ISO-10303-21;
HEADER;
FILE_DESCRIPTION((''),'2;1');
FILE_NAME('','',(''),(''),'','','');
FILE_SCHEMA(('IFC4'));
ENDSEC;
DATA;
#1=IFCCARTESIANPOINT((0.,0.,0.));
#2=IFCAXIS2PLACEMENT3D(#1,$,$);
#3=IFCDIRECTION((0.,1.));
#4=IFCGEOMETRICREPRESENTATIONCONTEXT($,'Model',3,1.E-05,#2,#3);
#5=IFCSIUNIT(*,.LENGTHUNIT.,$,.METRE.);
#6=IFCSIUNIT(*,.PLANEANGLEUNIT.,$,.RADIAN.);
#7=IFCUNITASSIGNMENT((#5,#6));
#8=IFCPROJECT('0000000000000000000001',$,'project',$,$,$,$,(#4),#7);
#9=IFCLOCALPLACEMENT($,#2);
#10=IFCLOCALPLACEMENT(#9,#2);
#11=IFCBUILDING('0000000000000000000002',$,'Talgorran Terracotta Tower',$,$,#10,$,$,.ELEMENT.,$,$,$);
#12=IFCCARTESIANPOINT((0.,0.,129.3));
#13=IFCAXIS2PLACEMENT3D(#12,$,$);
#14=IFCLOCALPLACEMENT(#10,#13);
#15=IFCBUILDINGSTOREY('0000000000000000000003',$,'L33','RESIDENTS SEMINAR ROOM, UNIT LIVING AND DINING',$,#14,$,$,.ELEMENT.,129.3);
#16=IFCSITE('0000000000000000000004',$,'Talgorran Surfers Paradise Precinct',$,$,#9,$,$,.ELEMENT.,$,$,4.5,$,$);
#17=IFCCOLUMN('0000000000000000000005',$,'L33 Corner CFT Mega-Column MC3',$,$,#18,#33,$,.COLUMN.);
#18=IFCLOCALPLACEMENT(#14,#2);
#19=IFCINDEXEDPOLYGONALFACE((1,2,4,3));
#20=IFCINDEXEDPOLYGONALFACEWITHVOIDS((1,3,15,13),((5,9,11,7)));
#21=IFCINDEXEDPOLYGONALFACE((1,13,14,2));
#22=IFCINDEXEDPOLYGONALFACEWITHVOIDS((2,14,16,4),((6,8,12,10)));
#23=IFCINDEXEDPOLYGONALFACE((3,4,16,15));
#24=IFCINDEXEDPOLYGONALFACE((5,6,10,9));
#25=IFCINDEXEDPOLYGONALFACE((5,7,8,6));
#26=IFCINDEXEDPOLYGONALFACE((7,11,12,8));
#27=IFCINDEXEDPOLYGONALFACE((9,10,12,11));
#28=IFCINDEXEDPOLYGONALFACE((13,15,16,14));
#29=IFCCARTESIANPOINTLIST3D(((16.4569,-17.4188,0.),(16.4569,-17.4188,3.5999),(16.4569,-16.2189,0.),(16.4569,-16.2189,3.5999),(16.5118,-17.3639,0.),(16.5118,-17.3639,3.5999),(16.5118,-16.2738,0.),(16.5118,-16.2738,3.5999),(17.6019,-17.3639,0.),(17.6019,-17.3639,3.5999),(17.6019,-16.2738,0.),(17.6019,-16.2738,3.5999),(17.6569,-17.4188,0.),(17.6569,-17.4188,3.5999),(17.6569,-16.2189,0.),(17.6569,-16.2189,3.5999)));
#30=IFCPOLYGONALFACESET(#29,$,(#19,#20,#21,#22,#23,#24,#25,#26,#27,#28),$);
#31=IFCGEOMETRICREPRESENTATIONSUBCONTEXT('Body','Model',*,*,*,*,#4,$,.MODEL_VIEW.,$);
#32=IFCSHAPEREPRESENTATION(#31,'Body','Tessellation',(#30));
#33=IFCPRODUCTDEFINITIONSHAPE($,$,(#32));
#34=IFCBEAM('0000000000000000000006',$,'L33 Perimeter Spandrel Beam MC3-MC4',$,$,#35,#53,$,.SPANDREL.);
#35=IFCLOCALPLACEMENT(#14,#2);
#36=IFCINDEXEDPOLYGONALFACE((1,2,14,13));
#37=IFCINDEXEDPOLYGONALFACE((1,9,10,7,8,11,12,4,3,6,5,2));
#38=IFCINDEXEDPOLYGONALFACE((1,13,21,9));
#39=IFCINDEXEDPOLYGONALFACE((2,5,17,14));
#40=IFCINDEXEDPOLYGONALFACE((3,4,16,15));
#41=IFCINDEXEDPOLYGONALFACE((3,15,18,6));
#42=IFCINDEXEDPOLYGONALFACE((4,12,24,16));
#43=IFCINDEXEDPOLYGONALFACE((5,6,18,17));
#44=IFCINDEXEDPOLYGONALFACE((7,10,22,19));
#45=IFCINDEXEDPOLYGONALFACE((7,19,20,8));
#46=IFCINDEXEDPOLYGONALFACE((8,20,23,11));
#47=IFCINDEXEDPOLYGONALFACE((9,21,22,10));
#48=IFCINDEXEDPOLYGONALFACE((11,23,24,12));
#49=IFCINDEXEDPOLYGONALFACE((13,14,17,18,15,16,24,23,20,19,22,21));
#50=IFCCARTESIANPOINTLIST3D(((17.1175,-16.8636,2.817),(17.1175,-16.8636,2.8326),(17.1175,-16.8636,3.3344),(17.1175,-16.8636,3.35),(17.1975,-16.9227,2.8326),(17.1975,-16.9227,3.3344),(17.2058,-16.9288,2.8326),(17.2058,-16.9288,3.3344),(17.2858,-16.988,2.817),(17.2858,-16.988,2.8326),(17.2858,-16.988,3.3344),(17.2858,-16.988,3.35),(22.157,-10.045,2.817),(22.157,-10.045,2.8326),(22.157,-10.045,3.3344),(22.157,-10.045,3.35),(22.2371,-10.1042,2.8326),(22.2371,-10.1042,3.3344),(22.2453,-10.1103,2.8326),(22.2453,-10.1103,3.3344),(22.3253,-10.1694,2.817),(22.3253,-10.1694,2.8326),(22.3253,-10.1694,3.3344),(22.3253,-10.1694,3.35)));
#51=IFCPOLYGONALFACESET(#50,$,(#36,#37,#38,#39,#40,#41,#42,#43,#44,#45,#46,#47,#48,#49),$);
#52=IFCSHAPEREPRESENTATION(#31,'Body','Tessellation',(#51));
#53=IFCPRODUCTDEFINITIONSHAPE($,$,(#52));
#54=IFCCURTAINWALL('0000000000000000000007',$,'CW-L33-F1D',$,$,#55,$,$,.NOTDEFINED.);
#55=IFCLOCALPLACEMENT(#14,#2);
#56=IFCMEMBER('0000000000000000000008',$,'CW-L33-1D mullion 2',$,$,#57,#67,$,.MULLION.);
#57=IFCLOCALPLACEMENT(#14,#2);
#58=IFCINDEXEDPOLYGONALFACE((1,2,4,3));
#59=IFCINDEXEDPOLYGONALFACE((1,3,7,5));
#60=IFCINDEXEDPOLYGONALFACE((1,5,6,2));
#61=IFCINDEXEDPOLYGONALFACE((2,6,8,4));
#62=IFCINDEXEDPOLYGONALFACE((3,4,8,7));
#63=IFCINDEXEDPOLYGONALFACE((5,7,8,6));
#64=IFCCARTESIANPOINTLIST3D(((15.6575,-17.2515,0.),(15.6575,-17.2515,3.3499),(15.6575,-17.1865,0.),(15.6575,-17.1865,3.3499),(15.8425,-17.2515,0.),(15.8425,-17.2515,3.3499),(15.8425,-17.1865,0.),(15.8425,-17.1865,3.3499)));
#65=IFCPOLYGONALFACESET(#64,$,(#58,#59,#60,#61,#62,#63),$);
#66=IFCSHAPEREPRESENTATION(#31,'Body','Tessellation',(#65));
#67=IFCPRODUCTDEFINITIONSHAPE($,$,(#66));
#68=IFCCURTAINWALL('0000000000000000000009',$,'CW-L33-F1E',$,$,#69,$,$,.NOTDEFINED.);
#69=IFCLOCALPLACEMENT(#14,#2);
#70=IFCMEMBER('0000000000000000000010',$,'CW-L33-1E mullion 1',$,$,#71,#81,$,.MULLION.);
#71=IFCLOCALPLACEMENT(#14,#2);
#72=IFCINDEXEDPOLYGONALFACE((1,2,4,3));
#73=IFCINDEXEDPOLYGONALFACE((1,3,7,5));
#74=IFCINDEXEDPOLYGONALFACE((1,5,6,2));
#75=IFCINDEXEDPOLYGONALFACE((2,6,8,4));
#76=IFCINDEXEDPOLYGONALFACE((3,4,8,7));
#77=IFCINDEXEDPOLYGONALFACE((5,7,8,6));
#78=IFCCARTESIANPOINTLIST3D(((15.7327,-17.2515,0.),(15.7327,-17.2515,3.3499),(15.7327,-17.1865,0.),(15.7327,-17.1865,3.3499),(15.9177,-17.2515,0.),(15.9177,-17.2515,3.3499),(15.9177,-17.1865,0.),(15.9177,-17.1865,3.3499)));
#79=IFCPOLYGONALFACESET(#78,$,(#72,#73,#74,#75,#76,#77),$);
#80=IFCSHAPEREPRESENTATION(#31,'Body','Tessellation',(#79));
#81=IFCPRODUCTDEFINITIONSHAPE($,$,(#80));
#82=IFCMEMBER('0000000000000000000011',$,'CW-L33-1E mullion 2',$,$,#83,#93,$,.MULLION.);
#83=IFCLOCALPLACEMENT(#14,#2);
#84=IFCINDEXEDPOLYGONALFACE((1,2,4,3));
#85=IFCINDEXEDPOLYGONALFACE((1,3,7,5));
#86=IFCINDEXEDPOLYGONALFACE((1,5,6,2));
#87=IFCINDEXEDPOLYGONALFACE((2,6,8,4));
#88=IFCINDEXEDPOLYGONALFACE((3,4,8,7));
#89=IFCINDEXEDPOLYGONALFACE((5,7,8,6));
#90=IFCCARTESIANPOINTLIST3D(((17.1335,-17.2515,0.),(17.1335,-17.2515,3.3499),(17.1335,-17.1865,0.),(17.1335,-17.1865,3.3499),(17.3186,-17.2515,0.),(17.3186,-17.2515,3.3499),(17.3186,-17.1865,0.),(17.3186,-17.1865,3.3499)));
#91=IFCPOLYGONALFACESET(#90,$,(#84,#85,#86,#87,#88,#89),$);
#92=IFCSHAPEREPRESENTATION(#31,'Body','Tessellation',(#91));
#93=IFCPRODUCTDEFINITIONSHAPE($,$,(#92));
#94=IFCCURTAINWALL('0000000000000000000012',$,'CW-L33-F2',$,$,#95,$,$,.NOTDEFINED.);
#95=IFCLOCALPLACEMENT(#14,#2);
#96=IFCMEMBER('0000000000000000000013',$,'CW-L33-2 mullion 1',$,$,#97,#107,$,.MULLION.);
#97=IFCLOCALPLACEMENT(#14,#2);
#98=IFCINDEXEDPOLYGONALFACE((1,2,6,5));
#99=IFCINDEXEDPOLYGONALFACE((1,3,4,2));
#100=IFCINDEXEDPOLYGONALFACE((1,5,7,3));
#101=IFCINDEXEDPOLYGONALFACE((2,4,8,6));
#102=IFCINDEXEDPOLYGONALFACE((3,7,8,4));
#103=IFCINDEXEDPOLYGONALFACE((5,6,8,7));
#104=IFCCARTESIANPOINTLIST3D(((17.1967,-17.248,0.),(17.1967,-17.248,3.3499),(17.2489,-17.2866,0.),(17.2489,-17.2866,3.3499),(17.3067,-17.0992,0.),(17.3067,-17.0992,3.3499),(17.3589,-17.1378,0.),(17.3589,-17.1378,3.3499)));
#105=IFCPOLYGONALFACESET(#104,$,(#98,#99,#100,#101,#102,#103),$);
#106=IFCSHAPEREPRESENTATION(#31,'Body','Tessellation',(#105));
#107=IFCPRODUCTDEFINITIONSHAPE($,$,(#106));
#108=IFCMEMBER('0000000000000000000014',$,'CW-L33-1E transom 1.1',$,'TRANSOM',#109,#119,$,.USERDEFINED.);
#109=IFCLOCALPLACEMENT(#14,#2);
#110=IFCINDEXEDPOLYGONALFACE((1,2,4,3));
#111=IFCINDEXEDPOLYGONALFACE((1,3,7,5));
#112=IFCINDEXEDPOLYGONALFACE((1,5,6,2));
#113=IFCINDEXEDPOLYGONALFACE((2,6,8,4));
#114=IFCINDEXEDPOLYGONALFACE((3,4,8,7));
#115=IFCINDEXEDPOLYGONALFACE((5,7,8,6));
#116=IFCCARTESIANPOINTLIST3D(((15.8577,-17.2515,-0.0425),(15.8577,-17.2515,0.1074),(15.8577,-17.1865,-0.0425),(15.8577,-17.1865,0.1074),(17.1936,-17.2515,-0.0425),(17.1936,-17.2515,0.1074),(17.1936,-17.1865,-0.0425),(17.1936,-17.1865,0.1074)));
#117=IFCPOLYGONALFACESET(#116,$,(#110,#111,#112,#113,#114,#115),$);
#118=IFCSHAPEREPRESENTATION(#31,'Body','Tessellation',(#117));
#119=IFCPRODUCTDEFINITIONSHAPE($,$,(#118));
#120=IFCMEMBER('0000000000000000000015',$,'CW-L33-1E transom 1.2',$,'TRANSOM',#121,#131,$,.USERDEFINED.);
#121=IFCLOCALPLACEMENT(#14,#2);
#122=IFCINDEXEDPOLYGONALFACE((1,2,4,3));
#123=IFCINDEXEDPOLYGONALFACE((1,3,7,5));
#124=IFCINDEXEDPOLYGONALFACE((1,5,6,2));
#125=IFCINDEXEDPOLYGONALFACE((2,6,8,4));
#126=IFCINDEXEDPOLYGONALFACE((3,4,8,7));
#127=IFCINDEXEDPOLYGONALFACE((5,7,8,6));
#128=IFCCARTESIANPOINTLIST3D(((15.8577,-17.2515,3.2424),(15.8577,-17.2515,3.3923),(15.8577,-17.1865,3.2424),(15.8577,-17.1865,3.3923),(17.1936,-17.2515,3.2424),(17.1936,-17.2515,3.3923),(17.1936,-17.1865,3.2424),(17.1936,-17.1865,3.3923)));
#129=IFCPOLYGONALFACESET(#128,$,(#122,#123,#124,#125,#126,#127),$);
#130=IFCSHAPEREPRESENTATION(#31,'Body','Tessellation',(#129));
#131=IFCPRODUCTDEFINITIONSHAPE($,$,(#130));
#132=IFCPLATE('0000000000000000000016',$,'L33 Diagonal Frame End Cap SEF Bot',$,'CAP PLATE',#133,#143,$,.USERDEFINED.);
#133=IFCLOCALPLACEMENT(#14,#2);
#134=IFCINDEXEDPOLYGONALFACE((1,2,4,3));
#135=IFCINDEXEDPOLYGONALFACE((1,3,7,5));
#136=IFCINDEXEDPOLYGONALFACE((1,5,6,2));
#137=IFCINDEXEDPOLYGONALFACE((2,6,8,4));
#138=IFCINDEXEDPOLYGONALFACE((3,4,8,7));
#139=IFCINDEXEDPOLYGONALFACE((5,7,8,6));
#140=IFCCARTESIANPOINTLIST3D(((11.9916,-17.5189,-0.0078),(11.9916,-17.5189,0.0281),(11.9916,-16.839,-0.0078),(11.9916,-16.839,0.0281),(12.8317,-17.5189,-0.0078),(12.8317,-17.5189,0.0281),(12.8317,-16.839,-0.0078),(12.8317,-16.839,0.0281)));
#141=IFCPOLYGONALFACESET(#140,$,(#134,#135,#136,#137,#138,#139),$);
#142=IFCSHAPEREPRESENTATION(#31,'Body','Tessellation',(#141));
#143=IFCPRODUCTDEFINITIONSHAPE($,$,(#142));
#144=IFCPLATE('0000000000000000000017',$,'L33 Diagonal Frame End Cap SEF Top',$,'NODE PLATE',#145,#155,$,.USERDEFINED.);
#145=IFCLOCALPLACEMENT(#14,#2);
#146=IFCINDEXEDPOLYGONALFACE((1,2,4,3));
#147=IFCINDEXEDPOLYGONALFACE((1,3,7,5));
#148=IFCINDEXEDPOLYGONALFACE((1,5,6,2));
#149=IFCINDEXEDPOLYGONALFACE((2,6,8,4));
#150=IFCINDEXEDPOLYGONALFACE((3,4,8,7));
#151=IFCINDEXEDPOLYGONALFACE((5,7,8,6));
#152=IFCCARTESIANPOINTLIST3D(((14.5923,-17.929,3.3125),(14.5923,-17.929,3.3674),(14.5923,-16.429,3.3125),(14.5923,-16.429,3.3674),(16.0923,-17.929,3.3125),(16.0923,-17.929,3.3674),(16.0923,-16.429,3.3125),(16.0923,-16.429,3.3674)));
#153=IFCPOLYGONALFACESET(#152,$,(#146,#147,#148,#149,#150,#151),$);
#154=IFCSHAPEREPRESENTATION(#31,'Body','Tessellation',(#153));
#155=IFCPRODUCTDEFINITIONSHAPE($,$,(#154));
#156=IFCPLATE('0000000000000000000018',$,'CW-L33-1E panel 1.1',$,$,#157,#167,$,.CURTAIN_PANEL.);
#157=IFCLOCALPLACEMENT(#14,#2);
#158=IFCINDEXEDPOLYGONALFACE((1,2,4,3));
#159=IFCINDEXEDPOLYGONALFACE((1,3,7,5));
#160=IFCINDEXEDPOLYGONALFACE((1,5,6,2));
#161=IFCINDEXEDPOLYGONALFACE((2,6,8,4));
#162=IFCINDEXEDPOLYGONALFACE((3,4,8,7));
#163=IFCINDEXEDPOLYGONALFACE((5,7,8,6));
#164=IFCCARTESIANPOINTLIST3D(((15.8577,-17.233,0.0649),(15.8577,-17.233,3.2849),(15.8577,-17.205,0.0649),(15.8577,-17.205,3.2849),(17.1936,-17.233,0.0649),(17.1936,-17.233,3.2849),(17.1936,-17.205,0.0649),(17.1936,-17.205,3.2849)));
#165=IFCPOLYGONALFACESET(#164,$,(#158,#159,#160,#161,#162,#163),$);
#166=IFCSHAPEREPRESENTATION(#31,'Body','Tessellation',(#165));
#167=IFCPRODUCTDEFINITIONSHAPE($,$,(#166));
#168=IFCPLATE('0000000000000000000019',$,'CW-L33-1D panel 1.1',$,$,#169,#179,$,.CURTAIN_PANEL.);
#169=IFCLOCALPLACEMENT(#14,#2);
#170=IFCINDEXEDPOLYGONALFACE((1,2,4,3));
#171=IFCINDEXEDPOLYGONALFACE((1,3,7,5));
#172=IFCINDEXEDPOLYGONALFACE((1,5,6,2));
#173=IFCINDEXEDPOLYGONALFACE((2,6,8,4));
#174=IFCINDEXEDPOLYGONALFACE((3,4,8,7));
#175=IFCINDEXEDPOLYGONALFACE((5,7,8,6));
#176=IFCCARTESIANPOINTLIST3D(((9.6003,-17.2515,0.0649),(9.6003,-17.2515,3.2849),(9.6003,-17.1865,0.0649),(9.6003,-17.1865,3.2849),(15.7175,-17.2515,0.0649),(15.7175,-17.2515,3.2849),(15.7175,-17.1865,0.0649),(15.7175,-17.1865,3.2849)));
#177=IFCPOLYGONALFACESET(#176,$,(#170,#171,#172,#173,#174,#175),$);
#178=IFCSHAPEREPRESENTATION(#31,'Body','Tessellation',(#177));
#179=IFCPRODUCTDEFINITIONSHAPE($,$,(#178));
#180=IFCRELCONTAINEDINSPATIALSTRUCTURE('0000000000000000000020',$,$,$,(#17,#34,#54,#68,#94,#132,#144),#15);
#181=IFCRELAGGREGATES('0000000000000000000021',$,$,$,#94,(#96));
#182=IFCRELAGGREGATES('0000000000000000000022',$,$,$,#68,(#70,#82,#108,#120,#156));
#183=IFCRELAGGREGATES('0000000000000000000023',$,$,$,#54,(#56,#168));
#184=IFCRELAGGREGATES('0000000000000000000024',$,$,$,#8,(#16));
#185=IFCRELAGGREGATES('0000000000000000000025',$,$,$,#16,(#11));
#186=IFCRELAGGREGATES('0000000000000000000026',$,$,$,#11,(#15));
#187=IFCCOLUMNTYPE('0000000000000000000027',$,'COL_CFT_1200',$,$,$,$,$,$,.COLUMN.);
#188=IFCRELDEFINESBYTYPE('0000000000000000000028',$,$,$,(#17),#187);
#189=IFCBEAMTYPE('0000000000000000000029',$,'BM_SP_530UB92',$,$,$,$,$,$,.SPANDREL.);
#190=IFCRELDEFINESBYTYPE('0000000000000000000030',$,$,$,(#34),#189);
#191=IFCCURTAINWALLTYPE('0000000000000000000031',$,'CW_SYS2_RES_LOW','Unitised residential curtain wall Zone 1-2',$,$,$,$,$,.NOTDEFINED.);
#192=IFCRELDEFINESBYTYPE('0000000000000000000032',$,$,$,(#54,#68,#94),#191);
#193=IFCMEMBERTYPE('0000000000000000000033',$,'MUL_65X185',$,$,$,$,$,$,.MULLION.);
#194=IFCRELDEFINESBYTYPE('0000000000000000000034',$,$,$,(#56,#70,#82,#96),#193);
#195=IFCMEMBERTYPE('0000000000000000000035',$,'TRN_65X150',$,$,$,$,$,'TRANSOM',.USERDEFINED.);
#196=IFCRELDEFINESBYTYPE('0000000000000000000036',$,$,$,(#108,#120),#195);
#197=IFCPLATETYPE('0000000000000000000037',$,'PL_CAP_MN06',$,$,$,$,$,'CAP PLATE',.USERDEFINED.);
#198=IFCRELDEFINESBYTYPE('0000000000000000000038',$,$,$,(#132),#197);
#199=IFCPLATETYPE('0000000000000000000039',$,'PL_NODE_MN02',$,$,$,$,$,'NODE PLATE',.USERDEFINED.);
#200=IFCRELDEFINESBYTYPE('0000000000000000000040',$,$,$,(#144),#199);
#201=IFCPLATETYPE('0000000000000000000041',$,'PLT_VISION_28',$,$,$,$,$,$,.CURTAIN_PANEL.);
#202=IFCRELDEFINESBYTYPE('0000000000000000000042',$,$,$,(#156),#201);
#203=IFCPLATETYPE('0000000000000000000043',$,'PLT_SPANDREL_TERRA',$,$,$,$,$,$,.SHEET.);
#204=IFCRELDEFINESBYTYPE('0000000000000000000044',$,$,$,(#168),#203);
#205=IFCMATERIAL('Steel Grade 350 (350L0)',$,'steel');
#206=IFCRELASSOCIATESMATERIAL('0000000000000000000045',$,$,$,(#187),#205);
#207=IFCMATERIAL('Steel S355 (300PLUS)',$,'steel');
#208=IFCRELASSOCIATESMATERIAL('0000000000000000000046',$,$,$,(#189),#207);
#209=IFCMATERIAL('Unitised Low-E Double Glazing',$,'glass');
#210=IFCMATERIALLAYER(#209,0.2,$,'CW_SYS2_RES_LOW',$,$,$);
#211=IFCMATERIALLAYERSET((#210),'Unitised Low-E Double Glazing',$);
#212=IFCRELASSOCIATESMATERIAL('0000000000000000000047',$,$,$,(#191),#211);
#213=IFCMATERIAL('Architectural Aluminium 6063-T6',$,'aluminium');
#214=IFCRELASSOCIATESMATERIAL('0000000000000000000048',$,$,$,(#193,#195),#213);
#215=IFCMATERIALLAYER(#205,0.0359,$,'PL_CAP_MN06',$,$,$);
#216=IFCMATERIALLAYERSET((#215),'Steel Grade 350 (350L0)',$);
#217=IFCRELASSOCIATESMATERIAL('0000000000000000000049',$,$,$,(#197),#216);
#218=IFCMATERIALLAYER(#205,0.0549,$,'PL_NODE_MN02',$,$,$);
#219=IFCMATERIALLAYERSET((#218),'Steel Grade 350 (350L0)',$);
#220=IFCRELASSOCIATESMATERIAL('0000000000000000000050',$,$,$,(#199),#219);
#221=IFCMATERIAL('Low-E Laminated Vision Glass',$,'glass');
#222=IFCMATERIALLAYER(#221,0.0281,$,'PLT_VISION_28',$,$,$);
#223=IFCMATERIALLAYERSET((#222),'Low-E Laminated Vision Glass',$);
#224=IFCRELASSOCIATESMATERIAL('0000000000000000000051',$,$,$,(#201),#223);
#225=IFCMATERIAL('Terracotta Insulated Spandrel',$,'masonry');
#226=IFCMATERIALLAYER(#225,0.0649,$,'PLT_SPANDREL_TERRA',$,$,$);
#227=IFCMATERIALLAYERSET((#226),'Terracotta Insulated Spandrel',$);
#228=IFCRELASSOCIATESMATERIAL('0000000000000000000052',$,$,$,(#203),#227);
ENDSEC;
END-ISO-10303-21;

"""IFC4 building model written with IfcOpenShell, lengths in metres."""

from ifc_helpers import new_model, si_unit, direction, frame, origin, origin_2d, place, context, subcontext, project, spatial, rectangle, hollow_rectangle, i_section, extrude, source, transform, mapped, material, layer, layer_set, material_profile, profile_set, type_object, type_shapes, element, aggregate, save


model = new_model("IFC4")

# Units and contexts
model_context = context("Model", 3, precision=1e-05, world=origin(), true_north=direction((0.0, 1.0)))
body_context = subcontext(model_context, "Body", "Model", "MODEL_VIEW")
ifc_project = project(units=[si_unit("LENGTHUNIT", "METRE"), si_unit("PLANEANGLEUNIT", "RADIAN")], contexts=[model_context])

# Site, building, storey
site_placement = place(None, origin())
site = spatial("IfcSite", under=ifc_project, at=site_placement, Name="Talgorran Surfers Paradise Precinct", CompositionType="ELEMENT", RefElevation=4.5)
building_placement = place(site_placement, origin())
building = spatial("IfcBuilding", under=site, at=building_placement, Name="Talgorran Terracotta Tower", CompositionType="ELEMENT")
storey_placement = place(building_placement, frame((0.0, 0.0, 129.3)))
storey = spatial("IfcBuildingStorey", under=building, at=storey_placement, Name="L33", Description="RESIDENTS SEMINAR ROOM, UNIT LIVING AND DINING", CompositionType="ELEMENT", Elevation=129.3)

# Column
ifc_material_1 = material(Name="Steel Grade 350 (350L0)", Category="steel")
ifc_material_profile_1 = material_profile(ifc_material_1, hollow_rectangle(XDim=1.2, YDim=1.2, WallThickness=0.0549, at=origin_2d()), Name="CFT1200X1200X55")
ifc_profile_set_1 = profile_set([ifc_material_profile_1], Name="Steel Grade 350 (350L0)")
column_type = type_object("IfcColumnType", Name="COL_CFT_1200", PredefinedType="COLUMN", material=ifc_profile_set_1)
column_placement = place(storey_placement, frame((17.0569, -16.8188, 0.0), z_axis=(0.0, 0.0, 1.0), x_axis=(1.0, 0.0, 0.0)))
element("IfcColumn", 1, at=column_placement, inside=storey, type_object=column_type, Name="L33 Corner CFT Mega-Column MC3", PredefinedType="COLUMN", context=body_context, shape_type="SweptSolid", body=[
    extrude(hollow_rectangle(XDim=1.2, YDim=1.2, WallThickness=0.0549, at=origin_2d()), origin(), (0.0, 0.0, 1.0), 3.5999),
])

# Beam
ifc_material_2 = material(Name="Steel S355 (300PLUS)", Category="steel")
ifc_material_profile_2 = material_profile(ifc_material_2, i_section(OverallWidth=0.2092, OverallDepth=0.533, WebThickness=0.0103, FlangeThickness=0.0156, at=origin_2d()), Name="530UB92.4")
ifc_profile_set_2 = profile_set([ifc_material_profile_2], Name="Steel S355 (300PLUS)")
beam_type = type_object("IfcBeamType", Name="BM_SP_530UB92", PredefinedType="SPANDREL", material=ifc_profile_set_2)
beam_placement = place(storey_placement, frame((17.2017, -16.9258, 3.0835), z_axis=(0.594369, 0.804192, 0.0), x_axis=(-0.804192, 0.594369, 0.0)))
element("IfcBeam", 2, at=beam_placement, inside=storey, type_object=beam_type, Name="L33 Perimeter Spandrel Beam MC3-MC4", PredefinedType="SPANDREL", context=body_context, shape_type="SweptSolid", body=[
    extrude(i_section(OverallWidth=0.2092, OverallDepth=0.533, WebThickness=0.0103, FlangeThickness=0.0156, at=origin_2d()), origin(), (0.0, 0.0, 1.0), 8.4788),
])

# Curtain wall, member
ifc_material_3 = material(Name="Unitised Low-E Double Glazing", Category="glass")
ifc_layer_1 = layer(ifc_material_3, 0.2, Name="CW_SYS2_RES_LOW")
ifc_layer_set_1 = layer_set([ifc_layer_1], Name="Unitised Low-E Double Glazing")
curtain_wall_type = type_object("IfcCurtainWallType", Name="CW_SYS2_RES_LOW", Description="Unitised residential curtain wall Zone 1-2", PredefinedType="NOTDEFINED", material=ifc_layer_set_1)
curtain_wall_1_placement = place(storey_placement, origin())
curtain_wall_1 = element("IfcCurtainWall", 3, at=curtain_wall_1_placement, inside=storey, type_object=curtain_wall_type, Name="CW-L33-F1D", PredefinedType="NOTDEFINED")
ifc_material_4 = material(Name="Architectural Aluminium 6063-T6", Category="aluminium")
ifc_material_profile_3 = material_profile(ifc_material_4, rectangle(XDim=0.0649, YDim=0.1851, at=origin_2d()), Name="CWM65X185")
ifc_profile_set_3 = profile_set([ifc_material_profile_3], Name="Architectural Aluminium 6063-T6")
member_type_1 = type_object("IfcMemberType", Name="MUL_65X185", PredefinedType="MULLION", material=ifc_profile_set_3)
member_1_placement = place(storey_placement, frame((15.75, -17.219, 0.0), z_axis=(0.0, 0.0, 1.0), x_axis=(0.0, 1.0, 0.0)))
member_1 = element("IfcMember", 4, at=member_1_placement, type_object=member_type_1, Name="CW-L33-1D mullion 2", PredefinedType="MULLION", context=body_context, shape_type="SweptSolid", body=[
    extrude(rectangle(XDim=0.0649, YDim=0.1851, at=origin_2d()), origin(), (0.0, 0.0, 1.0), 3.3499),
])

# Curtain wall, members
curtain_wall_2_placement = place(storey_placement, origin())
curtain_wall_2 = element("IfcCurtainWall", 5, at=curtain_wall_2_placement, inside=storey, type_object=curtain_wall_type, Name="CW-L33-F1E", PredefinedType="NOTDEFINED")
member_2_placement = place(storey_placement, frame((15.8252, -17.219, 0.0), z_axis=(0.0, 0.0, 1.0), x_axis=(0.0, 1.0, 0.0)))
member_2 = element("IfcMember", 6, at=member_2_placement, type_object=member_type_1, Name="CW-L33-1E mullion 1", PredefinedType="MULLION", context=body_context, shape_type="SweptSolid", body=[
    extrude(rectangle(XDim=0.0649, YDim=0.1851, at=origin_2d()), origin(), (0.0, 0.0, 1.0), 3.3499),
])
member_3_placement = place(storey_placement, frame((17.2261, -17.219, 0.0), z_axis=(0.0, 0.0, 1.0), x_axis=(0.0, 1.0, 0.0)))
member_3 = element("IfcMember", 7, at=member_3_placement, type_object=member_type_1, Name="CW-L33-1E mullion 2", PredefinedType="MULLION", context=body_context, shape_type="SweptSolid", body=[
    extrude(rectangle(XDim=0.0649, YDim=0.1851, at=origin_2d()), origin(), (0.0, 0.0, 1.0), 3.3499),
])

# Curtain wall, member
curtain_wall_3_placement = place(storey_placement, origin())
curtain_wall_3 = element("IfcCurtainWall", 8, at=curtain_wall_3_placement, inside=storey, type_object=curtain_wall_type, Name="CW-L33-F2", PredefinedType="NOTDEFINED")
member_4_placement = place(storey_placement, frame((17.2778, -17.1929, 0.0), z_axis=(0.0, 0.0, 1.0), x_axis=(-0.804201, 0.594358, 0.0)))
member_4 = element("IfcMember", 9, at=member_4_placement, type_object=member_type_1, Name="CW-L33-2 mullion 1", PredefinedType="MULLION", context=body_context, shape_type="SweptSolid", body=[
    extrude(rectangle(XDim=0.0649, YDim=0.1851, at=origin_2d()), origin(), (0.0, 0.0, 1.0), 3.3499),
])
aggregate(curtain_wall_3, [member_4])

# Members
ifc_material_profile_4 = material_profile(ifc_material_4, rectangle(XDim=0.0649, YDim=0.1499, at=origin_2d()), Name="CWT65X150")
ifc_profile_set_4 = profile_set([ifc_material_profile_4], Name="Architectural Aluminium 6063-T6")
member_type_2 = type_object("IfcMemberType", Name="TRN_65X150", ElementType="TRANSOM", PredefinedType="USERDEFINED", material=ifc_profile_set_4)
member_5_placement = place(storey_placement, frame((15.8577, -17.219, 0.0325), z_axis=(1.0, 0.0, 0.0), x_axis=(0.0, 1.0, 0.0)))
member_5 = element("IfcMember", 10, at=member_5_placement, type_object=member_type_2, Name="CW-L33-1E transom 1.1", ObjectType="TRANSOM", PredefinedType="USERDEFINED", context=body_context, shape_type="SweptSolid", body=[
    extrude(rectangle(XDim=0.0649, YDim=0.1499, at=origin_2d()), origin(), (0.0, 0.0, 1.0), 1.3359),
])
member_6_placement = place(storey_placement, frame((15.8577, -17.219, 3.3174), z_axis=(1.0, 0.0, 0.0), x_axis=(0.0, 1.0, 0.0)))
member_6 = element("IfcMember", 11, at=member_6_placement, type_object=member_type_2, Name="CW-L33-1E transom 1.2", ObjectType="TRANSOM", PredefinedType="USERDEFINED", context=body_context, shape_type="SweptSolid", body=[
    extrude(rectangle(XDim=0.0649, YDim=0.1499, at=origin_2d()), origin(), (0.0, 0.0, 1.0), 1.3359),
])

# Plates
ifc_layer_2 = layer(ifc_material_1, 0.0359, Name="PL_CAP_MN06")
ifc_layer_set_2 = layer_set([ifc_layer_2], Name="Steel Grade 350 (350L0)")
plate_type_1 = type_object("IfcPlateType", Name="PL_CAP_MN06", ElementType="CAP PLATE", PredefinedType="USERDEFINED", material=ifc_layer_set_2)
plate_1_placement = place(storey_placement, frame((12.4116, -17.179, -0.0078), z_axis=(0.0, 0.0, 1.0), x_axis=(1.0, 0.0, 0.0)))
element("IfcPlate", 12, at=plate_1_placement, inside=storey, type_object=plate_type_1, Name="L33 Diagonal Frame End Cap SEF Bot", ObjectType="CAP PLATE", PredefinedType="USERDEFINED", context=body_context, shape_type="SweptSolid", body=[
    extrude(rectangle(XDim=0.8401, YDim=0.6799, at=origin_2d()), origin(), (0.0, 0.0, 1.0), 0.0359),
])
ifc_layer_3 = layer(ifc_material_1, 0.0549, Name="PL_NODE_MN02")
ifc_layer_set_3 = layer_set([ifc_layer_3], Name="Steel Grade 350 (350L0)")
plate_type_2 = type_object("IfcPlateType", Name="PL_NODE_MN02", ElementType="NODE PLATE", PredefinedType="USERDEFINED", material=ifc_layer_set_3)
plate_2_placement = place(storey_placement, frame((15.3423, -17.179, 3.3125), z_axis=(0.0, 0.0, 1.0), x_axis=(1.0, 0.0, 0.0)))
element("IfcPlate", 13, at=plate_2_placement, inside=storey, type_object=plate_type_2, Name="L33 Diagonal Frame End Cap SEF Top", ObjectType="NODE PLATE", PredefinedType="USERDEFINED", context=body_context, shape_type="SweptSolid", body=[
    extrude(rectangle(XDim=1.5, YDim=1.5, at=origin_2d()), origin(), (0.0, 0.0, 1.0), 0.0549),
])

# Plates
ifc_material_5 = material(Name="Low-E Laminated Vision Glass", Category="glass")
ifc_layer_4 = layer(ifc_material_5, 0.0281, Name="PLT_VISION_28")
ifc_layer_set_4 = layer_set([ifc_layer_4], Name="Low-E Laminated Vision Glass")
plate_type_3 = type_object("IfcPlateType", Name="PLT_VISION_28", PredefinedType="CURTAIN_PANEL", material=ifc_layer_set_4)
shared_shape_1 = source(origin(), body_context, "Body", "SweptSolid", [
    extrude(rectangle(XDim=1.3359, YDim=0.0281, at=origin_2d()), origin(), (0.0, 0.0, 1.0), 3.22),
])
type_shapes(plate_type_3, [shared_shape_1])
plate_3_placement = place(storey_placement, frame((16.5256, -17.219, 0.0649), z_axis=(0.0, 0.0, 1.0), x_axis=(1.0, 0.0, 0.0)))
plate_3 = element("IfcPlate", 14, at=plate_3_placement, type_object=plate_type_3, Name="CW-L33-1E panel 1.1", PredefinedType="CURTAIN_PANEL", context=body_context, shape_type="MappedRepresentation", body=[
    mapped(shared_shape_1, transform((0.0, 0.0, 0.0), scale=1.0)),
])
aggregate(curtain_wall_2, [member_2, member_3, member_5, member_6, plate_3])
ifc_material_6 = material(Name="Terracotta Insulated Spandrel", Category="masonry")
ifc_layer_5 = layer(ifc_material_6, 0.0649, Name="PLT_SPANDREL_TERRA")
ifc_layer_set_5 = layer_set([ifc_layer_5], Name="Terracotta Insulated Spandrel")
plate_type_4 = type_object("IfcPlateType", Name="PLT_SPANDREL_TERRA", PredefinedType="SHEET", material=ifc_layer_set_5)
shared_shape_2 = source(origin(), body_context, "Body", "SweptSolid", [
    extrude(rectangle(XDim=6.1172, YDim=0.0649, at=origin_2d()), origin(), (0.0, 0.0, 1.0), 3.22),
])
type_shapes(plate_type_4, [shared_shape_2])
plate_4_placement = place(storey_placement, frame((12.6589, -17.219, 0.0649), z_axis=(0.0, 0.0, 1.0), x_axis=(1.0, 0.0, 0.0)))
plate_4 = element("IfcPlate", 15, at=plate_4_placement, type_object=plate_type_4, Name="CW-L33-1D panel 1.1", PredefinedType="CURTAIN_PANEL", context=body_context, shape_type="MappedRepresentation", body=[
    mapped(shared_shape_2, transform((0.0, 0.0, 0.0), scale=1.0)),
])
aggregate(curtain_wall_1, [member_1, plate_4])

save(model, "model.ifc")
